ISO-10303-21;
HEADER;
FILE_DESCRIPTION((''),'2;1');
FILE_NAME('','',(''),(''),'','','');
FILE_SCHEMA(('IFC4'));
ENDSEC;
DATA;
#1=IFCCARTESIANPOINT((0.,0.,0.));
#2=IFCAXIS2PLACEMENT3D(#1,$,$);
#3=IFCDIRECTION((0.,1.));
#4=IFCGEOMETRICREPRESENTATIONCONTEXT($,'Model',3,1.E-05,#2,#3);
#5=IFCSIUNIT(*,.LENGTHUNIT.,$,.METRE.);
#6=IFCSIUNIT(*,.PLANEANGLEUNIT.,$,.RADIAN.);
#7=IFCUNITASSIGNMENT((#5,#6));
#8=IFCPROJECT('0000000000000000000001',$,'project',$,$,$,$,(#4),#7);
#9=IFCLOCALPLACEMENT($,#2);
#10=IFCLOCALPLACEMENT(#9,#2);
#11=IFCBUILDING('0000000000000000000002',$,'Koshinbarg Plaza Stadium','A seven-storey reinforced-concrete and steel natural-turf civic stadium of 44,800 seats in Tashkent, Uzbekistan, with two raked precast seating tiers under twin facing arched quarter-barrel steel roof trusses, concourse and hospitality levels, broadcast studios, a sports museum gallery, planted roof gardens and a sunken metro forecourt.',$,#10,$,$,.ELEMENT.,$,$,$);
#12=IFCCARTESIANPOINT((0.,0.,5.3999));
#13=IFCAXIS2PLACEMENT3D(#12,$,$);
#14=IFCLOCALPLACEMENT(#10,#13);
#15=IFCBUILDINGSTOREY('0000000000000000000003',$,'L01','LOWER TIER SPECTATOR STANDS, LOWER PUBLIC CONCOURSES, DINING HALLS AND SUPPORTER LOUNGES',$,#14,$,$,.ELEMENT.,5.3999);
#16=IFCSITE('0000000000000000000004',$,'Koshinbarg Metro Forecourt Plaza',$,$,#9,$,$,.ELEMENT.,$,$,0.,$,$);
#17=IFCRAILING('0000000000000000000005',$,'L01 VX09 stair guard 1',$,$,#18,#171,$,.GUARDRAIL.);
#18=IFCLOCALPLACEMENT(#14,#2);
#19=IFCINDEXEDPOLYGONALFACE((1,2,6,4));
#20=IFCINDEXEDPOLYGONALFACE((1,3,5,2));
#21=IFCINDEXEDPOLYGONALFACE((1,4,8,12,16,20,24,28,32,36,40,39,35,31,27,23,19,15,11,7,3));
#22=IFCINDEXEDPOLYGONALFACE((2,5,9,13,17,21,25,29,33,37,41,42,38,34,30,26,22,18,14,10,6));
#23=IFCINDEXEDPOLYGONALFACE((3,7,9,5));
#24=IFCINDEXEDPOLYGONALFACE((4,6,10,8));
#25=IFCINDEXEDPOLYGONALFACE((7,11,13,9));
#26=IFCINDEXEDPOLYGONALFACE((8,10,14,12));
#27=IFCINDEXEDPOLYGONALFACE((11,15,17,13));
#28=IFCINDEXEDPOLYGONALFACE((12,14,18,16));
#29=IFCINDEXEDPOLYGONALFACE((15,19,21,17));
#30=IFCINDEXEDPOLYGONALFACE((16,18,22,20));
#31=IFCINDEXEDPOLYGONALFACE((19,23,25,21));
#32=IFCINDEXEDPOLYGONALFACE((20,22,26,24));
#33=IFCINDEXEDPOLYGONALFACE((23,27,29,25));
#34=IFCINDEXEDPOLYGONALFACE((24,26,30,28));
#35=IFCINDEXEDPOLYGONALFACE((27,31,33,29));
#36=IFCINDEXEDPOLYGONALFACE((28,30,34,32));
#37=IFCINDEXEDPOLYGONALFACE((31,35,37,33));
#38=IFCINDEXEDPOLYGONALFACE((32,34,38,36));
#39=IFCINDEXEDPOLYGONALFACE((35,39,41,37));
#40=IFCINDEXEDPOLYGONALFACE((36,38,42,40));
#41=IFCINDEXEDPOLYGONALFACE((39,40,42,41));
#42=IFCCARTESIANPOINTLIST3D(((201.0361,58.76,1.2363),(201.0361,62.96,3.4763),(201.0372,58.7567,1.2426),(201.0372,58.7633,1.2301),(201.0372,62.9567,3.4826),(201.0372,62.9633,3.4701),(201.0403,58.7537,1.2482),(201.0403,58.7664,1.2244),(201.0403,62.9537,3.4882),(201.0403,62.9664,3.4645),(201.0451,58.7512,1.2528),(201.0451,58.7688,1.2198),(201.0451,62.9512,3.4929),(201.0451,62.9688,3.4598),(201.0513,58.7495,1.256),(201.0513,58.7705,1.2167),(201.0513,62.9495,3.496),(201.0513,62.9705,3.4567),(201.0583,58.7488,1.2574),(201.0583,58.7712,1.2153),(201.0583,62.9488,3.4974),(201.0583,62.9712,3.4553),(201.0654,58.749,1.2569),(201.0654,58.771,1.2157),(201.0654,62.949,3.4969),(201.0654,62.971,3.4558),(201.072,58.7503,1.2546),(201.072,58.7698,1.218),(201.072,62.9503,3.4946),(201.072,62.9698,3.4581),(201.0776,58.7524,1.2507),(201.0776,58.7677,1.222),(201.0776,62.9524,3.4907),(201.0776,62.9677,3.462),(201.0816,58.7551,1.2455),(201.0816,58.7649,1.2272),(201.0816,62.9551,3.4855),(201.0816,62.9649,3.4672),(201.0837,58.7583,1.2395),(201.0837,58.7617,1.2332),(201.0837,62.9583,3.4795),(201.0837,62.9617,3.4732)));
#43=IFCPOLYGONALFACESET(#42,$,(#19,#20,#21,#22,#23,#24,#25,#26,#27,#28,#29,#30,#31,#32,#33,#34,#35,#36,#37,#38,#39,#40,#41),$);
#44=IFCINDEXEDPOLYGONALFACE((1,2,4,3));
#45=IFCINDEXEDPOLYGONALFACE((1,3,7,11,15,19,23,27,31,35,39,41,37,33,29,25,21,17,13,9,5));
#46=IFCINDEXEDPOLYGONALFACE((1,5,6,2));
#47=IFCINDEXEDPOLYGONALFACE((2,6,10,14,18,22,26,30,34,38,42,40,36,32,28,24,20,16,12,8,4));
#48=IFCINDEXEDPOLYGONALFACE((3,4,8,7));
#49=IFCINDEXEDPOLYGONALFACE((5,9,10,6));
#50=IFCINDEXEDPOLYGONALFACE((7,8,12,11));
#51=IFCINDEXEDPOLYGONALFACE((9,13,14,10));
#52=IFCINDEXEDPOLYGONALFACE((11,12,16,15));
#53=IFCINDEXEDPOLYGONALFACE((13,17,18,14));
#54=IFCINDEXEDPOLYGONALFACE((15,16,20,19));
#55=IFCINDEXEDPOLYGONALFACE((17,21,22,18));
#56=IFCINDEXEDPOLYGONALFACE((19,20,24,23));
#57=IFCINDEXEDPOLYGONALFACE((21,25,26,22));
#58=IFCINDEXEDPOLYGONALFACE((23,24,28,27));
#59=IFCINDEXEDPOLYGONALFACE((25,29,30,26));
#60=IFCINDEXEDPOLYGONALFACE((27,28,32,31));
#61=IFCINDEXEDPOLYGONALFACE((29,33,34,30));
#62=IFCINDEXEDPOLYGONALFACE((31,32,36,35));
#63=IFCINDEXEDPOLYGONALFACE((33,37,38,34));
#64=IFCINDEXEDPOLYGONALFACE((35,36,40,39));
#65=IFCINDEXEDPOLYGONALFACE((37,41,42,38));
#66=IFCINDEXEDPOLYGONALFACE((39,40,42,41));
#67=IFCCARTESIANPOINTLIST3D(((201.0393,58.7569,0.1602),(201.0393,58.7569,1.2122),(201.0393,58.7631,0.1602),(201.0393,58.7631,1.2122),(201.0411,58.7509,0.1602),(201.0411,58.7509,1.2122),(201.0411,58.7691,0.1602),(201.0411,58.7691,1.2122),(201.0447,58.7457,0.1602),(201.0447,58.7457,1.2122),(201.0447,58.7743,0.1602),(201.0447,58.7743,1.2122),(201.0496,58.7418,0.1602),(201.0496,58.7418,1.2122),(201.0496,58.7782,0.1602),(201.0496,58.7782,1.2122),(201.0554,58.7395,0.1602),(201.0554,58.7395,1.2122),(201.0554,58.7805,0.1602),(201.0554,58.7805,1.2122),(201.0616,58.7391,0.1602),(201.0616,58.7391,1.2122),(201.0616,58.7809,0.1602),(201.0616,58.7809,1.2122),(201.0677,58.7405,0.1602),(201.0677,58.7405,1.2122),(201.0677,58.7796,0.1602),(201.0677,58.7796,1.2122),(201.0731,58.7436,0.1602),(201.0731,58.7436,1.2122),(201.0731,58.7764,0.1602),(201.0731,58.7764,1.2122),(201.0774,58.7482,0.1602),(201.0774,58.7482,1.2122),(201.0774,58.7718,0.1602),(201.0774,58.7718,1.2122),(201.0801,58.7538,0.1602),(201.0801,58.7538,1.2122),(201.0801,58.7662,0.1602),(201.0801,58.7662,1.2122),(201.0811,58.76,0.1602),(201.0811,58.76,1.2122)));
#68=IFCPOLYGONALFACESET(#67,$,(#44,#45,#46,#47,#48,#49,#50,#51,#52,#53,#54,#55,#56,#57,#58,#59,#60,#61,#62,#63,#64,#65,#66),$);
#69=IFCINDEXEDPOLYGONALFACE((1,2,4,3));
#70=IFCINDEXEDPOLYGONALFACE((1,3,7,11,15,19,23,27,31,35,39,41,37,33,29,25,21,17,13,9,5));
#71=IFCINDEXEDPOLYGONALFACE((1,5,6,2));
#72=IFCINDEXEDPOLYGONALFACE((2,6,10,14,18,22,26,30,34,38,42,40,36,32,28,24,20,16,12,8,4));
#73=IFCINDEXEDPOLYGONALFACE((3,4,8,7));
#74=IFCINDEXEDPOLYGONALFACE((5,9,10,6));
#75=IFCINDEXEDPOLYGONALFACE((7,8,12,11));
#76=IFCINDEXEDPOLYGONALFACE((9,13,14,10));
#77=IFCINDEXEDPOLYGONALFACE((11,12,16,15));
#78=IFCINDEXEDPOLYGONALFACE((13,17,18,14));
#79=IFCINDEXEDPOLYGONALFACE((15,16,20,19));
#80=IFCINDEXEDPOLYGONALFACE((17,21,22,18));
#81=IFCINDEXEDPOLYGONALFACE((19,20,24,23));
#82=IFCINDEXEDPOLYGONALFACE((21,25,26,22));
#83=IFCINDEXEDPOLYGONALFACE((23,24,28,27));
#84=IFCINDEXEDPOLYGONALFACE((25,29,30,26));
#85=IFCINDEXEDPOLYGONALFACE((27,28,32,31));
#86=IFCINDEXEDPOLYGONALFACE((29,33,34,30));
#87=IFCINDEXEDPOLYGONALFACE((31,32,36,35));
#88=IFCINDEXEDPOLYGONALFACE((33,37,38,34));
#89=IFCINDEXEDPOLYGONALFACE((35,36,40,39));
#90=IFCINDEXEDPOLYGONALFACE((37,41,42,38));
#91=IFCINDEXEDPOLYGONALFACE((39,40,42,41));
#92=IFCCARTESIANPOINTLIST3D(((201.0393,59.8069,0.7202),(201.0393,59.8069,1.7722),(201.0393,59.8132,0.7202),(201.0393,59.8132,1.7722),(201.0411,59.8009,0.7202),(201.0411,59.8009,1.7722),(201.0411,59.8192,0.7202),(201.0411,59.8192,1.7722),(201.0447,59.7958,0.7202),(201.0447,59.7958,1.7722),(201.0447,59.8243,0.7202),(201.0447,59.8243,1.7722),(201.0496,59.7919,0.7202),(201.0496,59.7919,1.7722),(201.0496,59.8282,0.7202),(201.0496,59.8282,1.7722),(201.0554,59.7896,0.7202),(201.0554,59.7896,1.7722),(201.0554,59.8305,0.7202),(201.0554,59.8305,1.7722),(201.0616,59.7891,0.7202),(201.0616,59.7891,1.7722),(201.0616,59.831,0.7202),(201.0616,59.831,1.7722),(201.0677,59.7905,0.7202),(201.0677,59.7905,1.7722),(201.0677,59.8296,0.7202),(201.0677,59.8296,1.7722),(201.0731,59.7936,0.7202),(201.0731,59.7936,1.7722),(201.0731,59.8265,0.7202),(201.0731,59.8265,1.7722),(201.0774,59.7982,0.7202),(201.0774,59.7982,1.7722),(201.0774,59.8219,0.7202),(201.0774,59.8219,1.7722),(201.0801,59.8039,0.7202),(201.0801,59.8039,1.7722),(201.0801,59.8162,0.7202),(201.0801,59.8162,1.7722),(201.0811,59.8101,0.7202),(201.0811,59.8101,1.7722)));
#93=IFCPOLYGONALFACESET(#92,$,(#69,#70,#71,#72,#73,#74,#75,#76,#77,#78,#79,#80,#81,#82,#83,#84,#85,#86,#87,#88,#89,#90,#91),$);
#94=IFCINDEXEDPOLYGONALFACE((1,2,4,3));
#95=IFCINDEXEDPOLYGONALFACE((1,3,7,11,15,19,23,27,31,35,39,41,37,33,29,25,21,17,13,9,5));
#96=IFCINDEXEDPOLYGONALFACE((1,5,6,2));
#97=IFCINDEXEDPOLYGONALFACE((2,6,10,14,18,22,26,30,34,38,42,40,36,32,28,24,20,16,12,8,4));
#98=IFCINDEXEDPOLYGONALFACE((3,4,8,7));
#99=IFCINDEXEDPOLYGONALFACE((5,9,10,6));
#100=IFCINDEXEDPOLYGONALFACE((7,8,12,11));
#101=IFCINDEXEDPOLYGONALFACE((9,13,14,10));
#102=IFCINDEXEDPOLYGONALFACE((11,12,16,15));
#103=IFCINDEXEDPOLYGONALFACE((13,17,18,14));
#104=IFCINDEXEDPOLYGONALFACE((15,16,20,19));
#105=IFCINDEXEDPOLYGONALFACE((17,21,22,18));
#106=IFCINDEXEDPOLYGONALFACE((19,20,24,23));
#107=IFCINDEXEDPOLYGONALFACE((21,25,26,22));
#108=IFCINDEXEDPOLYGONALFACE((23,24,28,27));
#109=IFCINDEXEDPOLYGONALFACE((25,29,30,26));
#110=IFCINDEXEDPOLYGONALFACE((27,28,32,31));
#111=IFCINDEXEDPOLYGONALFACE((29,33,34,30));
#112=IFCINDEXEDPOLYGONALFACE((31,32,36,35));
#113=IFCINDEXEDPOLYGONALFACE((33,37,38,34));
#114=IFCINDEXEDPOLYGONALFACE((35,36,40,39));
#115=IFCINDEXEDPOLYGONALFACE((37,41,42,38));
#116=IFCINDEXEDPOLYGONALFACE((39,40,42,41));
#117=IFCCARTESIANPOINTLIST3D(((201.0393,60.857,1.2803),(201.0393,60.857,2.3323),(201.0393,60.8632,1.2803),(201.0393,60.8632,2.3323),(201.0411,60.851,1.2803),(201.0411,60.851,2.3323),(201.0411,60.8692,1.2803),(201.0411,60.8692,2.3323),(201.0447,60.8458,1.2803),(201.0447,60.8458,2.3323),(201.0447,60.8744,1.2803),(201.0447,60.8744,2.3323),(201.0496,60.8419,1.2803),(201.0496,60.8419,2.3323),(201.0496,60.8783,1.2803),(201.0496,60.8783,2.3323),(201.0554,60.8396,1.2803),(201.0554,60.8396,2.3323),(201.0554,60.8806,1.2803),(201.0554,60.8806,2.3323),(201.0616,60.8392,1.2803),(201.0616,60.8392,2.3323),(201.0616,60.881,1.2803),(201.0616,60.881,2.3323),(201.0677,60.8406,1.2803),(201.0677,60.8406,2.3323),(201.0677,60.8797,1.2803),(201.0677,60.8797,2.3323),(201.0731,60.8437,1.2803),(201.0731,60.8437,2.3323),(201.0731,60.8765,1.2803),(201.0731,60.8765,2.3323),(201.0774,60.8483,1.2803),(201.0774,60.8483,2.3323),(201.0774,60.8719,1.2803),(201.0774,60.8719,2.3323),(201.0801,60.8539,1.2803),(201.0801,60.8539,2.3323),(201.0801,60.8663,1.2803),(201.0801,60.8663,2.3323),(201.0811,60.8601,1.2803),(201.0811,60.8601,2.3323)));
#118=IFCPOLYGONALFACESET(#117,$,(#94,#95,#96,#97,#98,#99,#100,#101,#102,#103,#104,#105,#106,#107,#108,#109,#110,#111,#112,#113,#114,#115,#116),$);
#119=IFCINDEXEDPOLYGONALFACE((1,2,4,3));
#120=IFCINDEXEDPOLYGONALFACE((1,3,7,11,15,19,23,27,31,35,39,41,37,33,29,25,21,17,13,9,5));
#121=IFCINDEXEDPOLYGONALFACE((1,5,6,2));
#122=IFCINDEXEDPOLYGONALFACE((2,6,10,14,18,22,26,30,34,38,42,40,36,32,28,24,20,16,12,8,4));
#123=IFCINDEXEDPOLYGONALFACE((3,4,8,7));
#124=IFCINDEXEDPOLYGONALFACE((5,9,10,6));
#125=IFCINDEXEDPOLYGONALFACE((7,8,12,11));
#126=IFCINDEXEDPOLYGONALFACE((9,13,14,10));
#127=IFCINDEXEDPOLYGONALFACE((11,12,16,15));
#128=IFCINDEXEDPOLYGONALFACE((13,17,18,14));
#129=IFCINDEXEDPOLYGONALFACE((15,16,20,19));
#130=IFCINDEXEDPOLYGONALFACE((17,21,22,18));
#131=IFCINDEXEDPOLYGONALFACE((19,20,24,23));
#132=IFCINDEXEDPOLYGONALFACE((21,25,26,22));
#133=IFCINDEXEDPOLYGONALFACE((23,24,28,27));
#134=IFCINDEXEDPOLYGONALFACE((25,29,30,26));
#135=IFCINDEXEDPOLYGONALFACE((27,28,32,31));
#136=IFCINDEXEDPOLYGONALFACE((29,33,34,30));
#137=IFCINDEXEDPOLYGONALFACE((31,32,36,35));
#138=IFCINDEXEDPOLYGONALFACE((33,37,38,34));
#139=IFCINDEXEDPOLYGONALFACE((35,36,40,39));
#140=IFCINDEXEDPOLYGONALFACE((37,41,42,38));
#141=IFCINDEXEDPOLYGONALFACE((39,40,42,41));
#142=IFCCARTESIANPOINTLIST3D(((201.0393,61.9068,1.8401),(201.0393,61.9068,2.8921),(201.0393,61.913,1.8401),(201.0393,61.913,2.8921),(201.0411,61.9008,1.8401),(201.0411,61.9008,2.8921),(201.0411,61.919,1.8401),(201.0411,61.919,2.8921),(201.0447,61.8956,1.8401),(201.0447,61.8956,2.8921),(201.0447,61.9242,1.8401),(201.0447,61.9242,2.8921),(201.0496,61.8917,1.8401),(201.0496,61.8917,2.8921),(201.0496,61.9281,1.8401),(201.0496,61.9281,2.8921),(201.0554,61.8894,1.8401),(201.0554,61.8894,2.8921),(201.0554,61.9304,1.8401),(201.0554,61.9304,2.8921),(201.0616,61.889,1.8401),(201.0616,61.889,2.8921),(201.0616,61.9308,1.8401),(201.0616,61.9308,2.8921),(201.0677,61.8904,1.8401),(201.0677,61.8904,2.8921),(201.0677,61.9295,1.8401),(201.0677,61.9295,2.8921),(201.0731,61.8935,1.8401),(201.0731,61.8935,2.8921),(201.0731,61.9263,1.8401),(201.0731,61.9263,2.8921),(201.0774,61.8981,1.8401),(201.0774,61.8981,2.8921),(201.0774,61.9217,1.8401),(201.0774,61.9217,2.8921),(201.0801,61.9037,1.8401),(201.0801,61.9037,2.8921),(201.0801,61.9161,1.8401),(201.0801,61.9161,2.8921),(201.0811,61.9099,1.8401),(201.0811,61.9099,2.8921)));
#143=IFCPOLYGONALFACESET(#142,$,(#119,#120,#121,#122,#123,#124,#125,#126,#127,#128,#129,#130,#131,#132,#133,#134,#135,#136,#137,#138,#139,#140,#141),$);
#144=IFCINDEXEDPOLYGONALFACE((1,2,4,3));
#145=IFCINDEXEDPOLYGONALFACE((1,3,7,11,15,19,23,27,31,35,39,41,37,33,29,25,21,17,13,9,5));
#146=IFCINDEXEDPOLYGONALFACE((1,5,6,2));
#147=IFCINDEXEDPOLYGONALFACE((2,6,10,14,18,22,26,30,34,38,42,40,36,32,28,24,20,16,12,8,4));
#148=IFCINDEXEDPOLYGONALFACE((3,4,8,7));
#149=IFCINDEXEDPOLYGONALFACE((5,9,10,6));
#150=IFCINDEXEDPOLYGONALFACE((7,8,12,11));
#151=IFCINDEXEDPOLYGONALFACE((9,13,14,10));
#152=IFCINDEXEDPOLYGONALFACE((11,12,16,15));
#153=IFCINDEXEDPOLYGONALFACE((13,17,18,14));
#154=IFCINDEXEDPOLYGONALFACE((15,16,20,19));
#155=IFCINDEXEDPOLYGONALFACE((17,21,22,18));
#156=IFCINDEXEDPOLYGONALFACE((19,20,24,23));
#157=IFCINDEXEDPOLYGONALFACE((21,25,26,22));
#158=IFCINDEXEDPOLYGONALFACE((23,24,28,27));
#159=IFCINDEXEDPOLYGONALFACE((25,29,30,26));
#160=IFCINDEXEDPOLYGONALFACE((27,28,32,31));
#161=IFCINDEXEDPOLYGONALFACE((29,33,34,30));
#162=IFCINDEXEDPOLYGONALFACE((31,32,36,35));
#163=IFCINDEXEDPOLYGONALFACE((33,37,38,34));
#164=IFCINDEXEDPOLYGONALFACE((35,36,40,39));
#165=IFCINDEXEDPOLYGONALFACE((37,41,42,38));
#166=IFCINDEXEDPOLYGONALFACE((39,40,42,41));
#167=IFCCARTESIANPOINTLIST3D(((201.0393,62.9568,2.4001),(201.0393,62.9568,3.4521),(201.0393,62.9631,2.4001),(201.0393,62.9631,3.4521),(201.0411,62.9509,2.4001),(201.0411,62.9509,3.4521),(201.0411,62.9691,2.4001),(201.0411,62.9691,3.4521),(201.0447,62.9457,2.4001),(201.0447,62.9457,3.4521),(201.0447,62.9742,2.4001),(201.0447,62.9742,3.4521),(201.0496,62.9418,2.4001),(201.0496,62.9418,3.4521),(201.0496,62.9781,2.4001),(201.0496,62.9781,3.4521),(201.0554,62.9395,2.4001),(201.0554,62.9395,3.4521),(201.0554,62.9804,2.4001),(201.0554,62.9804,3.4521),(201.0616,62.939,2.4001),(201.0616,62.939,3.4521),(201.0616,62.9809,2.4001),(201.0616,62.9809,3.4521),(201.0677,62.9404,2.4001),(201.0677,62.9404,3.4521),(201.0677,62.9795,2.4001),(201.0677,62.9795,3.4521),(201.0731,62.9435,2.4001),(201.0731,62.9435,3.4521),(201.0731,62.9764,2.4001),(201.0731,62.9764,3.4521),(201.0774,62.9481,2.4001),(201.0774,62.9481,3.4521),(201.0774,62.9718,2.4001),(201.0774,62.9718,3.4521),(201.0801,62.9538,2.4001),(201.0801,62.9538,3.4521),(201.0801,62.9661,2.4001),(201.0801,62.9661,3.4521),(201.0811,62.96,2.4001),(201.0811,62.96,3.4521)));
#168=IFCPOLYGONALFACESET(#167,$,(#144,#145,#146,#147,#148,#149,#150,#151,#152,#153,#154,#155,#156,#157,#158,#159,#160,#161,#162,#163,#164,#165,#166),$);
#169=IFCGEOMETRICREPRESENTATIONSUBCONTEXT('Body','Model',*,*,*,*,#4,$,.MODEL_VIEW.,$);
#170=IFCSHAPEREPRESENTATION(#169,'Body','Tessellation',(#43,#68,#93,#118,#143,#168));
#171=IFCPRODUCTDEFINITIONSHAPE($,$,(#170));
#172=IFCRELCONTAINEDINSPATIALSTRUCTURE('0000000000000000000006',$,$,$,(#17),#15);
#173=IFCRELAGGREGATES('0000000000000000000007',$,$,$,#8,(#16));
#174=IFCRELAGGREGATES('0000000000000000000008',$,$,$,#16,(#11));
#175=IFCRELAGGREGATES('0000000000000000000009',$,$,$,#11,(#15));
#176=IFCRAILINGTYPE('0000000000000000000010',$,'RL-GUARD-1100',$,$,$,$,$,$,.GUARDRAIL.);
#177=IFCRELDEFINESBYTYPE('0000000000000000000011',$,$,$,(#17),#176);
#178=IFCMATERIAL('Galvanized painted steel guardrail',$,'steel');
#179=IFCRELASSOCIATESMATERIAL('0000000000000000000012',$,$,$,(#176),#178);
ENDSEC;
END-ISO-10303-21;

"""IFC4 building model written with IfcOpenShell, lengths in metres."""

from ifc_helpers import new_model, si_unit, direction, frame, origin, origin_2d, place, context, subcontext, project, spatial, circle, extrude, material, type_object, element, save


model = new_model("IFC4")

# Units and contexts
model_context = context("Model", 3, precision=1e-05, world=origin(), true_north=direction((0.0, 1.0)))
body_context = subcontext(model_context, "Body", "Model", "MODEL_VIEW")
ifc_project = project(units=[si_unit("LENGTHUNIT", "METRE"), si_unit("PLANEANGLEUNIT", "RADIAN")], contexts=[model_context])

# Site, building, storey
site_placement = place(None, origin())
site = spatial("IfcSite", under=ifc_project, at=site_placement, Name="Koshinbarg Metro Forecourt Plaza", CompositionType="ELEMENT", RefElevation=0.0)
building_placement = place(site_placement, origin())
building = spatial("IfcBuilding", under=site, at=building_placement, Name="Koshinbarg Plaza Stadium", Description="A seven-storey reinforced-concrete and steel natural-turf civic stadium of 44,800 seats in Tashkent, Uzbekistan, with two raked precast seating tiers under twin facing arched quarter-barrel steel roof trusses, concourse and hospitality levels, broadcast studios, a sports museum gallery, planted roof gardens and a sunken metro forecourt.", CompositionType="ELEMENT")
storey_placement = place(building_placement, frame((0.0, 0.0, 5.3999)))
storey = spatial("IfcBuildingStorey", under=building, at=storey_placement, Name="L01", Description="LOWER TIER SPECTATOR STANDS, LOWER PUBLIC CONCOURSES, DINING HALLS AND SUPPORTER LOUNGES", CompositionType="ELEMENT", Elevation=5.3999)

# Railing
ifc_material_1 = material(Name="Galvanized painted steel guardrail", Category="steel")
railing_type_1 = type_object("IfcRailingType", Name="RL-GUARD-1100", PredefinedType="GUARDRAIL", material=ifc_material_1)
railing_1_placement = place(storey_placement, frame((201.0601, 58.76, 0.1602)))
element("IfcRailing", 1, at=railing_1_placement, inside=storey, type_object=railing_type_1, Name="L01 VX09 stair guard 1", PredefinedType="GUARDRAIL", context=body_context, shape_type="SweptSolid", body=[
    extrude(circle(Radius=0.0239, at=origin_2d()), frame((0.0, 0.0, 1.0762), z_axis=(0.0, 0.882352, 0.470591), x_axis=(-1.0, 0.0, 0.0)), (0.0, 0.0, 1.0), 4.76),
    extrude(circle(Radius=0.021, at=origin_2d()), origin(), (0.0, 0.0, 1.0), 1.052),
    extrude(circle(Radius=0.021, at=origin_2d()), frame((0.0, 1.05, 0.5601)), (0.0, 0.0, 1.0), 1.052),
    extrude(circle(Radius=0.021, at=origin_2d()), frame((0.0, 2.1001, 1.1201)), (0.0, 0.0, 1.0), 1.052),
    extrude(circle(Radius=0.021, at=origin_2d()), frame((0.0, 3.1499, 1.6799)), (0.0, 0.0, 1.0), 1.052),
    extrude(circle(Radius=0.021, at=origin_2d()), frame((0.0, 4.2, 2.24)), (0.0, 0.0, 1.0), 1.052),
])

save(model, "model.ifc")
